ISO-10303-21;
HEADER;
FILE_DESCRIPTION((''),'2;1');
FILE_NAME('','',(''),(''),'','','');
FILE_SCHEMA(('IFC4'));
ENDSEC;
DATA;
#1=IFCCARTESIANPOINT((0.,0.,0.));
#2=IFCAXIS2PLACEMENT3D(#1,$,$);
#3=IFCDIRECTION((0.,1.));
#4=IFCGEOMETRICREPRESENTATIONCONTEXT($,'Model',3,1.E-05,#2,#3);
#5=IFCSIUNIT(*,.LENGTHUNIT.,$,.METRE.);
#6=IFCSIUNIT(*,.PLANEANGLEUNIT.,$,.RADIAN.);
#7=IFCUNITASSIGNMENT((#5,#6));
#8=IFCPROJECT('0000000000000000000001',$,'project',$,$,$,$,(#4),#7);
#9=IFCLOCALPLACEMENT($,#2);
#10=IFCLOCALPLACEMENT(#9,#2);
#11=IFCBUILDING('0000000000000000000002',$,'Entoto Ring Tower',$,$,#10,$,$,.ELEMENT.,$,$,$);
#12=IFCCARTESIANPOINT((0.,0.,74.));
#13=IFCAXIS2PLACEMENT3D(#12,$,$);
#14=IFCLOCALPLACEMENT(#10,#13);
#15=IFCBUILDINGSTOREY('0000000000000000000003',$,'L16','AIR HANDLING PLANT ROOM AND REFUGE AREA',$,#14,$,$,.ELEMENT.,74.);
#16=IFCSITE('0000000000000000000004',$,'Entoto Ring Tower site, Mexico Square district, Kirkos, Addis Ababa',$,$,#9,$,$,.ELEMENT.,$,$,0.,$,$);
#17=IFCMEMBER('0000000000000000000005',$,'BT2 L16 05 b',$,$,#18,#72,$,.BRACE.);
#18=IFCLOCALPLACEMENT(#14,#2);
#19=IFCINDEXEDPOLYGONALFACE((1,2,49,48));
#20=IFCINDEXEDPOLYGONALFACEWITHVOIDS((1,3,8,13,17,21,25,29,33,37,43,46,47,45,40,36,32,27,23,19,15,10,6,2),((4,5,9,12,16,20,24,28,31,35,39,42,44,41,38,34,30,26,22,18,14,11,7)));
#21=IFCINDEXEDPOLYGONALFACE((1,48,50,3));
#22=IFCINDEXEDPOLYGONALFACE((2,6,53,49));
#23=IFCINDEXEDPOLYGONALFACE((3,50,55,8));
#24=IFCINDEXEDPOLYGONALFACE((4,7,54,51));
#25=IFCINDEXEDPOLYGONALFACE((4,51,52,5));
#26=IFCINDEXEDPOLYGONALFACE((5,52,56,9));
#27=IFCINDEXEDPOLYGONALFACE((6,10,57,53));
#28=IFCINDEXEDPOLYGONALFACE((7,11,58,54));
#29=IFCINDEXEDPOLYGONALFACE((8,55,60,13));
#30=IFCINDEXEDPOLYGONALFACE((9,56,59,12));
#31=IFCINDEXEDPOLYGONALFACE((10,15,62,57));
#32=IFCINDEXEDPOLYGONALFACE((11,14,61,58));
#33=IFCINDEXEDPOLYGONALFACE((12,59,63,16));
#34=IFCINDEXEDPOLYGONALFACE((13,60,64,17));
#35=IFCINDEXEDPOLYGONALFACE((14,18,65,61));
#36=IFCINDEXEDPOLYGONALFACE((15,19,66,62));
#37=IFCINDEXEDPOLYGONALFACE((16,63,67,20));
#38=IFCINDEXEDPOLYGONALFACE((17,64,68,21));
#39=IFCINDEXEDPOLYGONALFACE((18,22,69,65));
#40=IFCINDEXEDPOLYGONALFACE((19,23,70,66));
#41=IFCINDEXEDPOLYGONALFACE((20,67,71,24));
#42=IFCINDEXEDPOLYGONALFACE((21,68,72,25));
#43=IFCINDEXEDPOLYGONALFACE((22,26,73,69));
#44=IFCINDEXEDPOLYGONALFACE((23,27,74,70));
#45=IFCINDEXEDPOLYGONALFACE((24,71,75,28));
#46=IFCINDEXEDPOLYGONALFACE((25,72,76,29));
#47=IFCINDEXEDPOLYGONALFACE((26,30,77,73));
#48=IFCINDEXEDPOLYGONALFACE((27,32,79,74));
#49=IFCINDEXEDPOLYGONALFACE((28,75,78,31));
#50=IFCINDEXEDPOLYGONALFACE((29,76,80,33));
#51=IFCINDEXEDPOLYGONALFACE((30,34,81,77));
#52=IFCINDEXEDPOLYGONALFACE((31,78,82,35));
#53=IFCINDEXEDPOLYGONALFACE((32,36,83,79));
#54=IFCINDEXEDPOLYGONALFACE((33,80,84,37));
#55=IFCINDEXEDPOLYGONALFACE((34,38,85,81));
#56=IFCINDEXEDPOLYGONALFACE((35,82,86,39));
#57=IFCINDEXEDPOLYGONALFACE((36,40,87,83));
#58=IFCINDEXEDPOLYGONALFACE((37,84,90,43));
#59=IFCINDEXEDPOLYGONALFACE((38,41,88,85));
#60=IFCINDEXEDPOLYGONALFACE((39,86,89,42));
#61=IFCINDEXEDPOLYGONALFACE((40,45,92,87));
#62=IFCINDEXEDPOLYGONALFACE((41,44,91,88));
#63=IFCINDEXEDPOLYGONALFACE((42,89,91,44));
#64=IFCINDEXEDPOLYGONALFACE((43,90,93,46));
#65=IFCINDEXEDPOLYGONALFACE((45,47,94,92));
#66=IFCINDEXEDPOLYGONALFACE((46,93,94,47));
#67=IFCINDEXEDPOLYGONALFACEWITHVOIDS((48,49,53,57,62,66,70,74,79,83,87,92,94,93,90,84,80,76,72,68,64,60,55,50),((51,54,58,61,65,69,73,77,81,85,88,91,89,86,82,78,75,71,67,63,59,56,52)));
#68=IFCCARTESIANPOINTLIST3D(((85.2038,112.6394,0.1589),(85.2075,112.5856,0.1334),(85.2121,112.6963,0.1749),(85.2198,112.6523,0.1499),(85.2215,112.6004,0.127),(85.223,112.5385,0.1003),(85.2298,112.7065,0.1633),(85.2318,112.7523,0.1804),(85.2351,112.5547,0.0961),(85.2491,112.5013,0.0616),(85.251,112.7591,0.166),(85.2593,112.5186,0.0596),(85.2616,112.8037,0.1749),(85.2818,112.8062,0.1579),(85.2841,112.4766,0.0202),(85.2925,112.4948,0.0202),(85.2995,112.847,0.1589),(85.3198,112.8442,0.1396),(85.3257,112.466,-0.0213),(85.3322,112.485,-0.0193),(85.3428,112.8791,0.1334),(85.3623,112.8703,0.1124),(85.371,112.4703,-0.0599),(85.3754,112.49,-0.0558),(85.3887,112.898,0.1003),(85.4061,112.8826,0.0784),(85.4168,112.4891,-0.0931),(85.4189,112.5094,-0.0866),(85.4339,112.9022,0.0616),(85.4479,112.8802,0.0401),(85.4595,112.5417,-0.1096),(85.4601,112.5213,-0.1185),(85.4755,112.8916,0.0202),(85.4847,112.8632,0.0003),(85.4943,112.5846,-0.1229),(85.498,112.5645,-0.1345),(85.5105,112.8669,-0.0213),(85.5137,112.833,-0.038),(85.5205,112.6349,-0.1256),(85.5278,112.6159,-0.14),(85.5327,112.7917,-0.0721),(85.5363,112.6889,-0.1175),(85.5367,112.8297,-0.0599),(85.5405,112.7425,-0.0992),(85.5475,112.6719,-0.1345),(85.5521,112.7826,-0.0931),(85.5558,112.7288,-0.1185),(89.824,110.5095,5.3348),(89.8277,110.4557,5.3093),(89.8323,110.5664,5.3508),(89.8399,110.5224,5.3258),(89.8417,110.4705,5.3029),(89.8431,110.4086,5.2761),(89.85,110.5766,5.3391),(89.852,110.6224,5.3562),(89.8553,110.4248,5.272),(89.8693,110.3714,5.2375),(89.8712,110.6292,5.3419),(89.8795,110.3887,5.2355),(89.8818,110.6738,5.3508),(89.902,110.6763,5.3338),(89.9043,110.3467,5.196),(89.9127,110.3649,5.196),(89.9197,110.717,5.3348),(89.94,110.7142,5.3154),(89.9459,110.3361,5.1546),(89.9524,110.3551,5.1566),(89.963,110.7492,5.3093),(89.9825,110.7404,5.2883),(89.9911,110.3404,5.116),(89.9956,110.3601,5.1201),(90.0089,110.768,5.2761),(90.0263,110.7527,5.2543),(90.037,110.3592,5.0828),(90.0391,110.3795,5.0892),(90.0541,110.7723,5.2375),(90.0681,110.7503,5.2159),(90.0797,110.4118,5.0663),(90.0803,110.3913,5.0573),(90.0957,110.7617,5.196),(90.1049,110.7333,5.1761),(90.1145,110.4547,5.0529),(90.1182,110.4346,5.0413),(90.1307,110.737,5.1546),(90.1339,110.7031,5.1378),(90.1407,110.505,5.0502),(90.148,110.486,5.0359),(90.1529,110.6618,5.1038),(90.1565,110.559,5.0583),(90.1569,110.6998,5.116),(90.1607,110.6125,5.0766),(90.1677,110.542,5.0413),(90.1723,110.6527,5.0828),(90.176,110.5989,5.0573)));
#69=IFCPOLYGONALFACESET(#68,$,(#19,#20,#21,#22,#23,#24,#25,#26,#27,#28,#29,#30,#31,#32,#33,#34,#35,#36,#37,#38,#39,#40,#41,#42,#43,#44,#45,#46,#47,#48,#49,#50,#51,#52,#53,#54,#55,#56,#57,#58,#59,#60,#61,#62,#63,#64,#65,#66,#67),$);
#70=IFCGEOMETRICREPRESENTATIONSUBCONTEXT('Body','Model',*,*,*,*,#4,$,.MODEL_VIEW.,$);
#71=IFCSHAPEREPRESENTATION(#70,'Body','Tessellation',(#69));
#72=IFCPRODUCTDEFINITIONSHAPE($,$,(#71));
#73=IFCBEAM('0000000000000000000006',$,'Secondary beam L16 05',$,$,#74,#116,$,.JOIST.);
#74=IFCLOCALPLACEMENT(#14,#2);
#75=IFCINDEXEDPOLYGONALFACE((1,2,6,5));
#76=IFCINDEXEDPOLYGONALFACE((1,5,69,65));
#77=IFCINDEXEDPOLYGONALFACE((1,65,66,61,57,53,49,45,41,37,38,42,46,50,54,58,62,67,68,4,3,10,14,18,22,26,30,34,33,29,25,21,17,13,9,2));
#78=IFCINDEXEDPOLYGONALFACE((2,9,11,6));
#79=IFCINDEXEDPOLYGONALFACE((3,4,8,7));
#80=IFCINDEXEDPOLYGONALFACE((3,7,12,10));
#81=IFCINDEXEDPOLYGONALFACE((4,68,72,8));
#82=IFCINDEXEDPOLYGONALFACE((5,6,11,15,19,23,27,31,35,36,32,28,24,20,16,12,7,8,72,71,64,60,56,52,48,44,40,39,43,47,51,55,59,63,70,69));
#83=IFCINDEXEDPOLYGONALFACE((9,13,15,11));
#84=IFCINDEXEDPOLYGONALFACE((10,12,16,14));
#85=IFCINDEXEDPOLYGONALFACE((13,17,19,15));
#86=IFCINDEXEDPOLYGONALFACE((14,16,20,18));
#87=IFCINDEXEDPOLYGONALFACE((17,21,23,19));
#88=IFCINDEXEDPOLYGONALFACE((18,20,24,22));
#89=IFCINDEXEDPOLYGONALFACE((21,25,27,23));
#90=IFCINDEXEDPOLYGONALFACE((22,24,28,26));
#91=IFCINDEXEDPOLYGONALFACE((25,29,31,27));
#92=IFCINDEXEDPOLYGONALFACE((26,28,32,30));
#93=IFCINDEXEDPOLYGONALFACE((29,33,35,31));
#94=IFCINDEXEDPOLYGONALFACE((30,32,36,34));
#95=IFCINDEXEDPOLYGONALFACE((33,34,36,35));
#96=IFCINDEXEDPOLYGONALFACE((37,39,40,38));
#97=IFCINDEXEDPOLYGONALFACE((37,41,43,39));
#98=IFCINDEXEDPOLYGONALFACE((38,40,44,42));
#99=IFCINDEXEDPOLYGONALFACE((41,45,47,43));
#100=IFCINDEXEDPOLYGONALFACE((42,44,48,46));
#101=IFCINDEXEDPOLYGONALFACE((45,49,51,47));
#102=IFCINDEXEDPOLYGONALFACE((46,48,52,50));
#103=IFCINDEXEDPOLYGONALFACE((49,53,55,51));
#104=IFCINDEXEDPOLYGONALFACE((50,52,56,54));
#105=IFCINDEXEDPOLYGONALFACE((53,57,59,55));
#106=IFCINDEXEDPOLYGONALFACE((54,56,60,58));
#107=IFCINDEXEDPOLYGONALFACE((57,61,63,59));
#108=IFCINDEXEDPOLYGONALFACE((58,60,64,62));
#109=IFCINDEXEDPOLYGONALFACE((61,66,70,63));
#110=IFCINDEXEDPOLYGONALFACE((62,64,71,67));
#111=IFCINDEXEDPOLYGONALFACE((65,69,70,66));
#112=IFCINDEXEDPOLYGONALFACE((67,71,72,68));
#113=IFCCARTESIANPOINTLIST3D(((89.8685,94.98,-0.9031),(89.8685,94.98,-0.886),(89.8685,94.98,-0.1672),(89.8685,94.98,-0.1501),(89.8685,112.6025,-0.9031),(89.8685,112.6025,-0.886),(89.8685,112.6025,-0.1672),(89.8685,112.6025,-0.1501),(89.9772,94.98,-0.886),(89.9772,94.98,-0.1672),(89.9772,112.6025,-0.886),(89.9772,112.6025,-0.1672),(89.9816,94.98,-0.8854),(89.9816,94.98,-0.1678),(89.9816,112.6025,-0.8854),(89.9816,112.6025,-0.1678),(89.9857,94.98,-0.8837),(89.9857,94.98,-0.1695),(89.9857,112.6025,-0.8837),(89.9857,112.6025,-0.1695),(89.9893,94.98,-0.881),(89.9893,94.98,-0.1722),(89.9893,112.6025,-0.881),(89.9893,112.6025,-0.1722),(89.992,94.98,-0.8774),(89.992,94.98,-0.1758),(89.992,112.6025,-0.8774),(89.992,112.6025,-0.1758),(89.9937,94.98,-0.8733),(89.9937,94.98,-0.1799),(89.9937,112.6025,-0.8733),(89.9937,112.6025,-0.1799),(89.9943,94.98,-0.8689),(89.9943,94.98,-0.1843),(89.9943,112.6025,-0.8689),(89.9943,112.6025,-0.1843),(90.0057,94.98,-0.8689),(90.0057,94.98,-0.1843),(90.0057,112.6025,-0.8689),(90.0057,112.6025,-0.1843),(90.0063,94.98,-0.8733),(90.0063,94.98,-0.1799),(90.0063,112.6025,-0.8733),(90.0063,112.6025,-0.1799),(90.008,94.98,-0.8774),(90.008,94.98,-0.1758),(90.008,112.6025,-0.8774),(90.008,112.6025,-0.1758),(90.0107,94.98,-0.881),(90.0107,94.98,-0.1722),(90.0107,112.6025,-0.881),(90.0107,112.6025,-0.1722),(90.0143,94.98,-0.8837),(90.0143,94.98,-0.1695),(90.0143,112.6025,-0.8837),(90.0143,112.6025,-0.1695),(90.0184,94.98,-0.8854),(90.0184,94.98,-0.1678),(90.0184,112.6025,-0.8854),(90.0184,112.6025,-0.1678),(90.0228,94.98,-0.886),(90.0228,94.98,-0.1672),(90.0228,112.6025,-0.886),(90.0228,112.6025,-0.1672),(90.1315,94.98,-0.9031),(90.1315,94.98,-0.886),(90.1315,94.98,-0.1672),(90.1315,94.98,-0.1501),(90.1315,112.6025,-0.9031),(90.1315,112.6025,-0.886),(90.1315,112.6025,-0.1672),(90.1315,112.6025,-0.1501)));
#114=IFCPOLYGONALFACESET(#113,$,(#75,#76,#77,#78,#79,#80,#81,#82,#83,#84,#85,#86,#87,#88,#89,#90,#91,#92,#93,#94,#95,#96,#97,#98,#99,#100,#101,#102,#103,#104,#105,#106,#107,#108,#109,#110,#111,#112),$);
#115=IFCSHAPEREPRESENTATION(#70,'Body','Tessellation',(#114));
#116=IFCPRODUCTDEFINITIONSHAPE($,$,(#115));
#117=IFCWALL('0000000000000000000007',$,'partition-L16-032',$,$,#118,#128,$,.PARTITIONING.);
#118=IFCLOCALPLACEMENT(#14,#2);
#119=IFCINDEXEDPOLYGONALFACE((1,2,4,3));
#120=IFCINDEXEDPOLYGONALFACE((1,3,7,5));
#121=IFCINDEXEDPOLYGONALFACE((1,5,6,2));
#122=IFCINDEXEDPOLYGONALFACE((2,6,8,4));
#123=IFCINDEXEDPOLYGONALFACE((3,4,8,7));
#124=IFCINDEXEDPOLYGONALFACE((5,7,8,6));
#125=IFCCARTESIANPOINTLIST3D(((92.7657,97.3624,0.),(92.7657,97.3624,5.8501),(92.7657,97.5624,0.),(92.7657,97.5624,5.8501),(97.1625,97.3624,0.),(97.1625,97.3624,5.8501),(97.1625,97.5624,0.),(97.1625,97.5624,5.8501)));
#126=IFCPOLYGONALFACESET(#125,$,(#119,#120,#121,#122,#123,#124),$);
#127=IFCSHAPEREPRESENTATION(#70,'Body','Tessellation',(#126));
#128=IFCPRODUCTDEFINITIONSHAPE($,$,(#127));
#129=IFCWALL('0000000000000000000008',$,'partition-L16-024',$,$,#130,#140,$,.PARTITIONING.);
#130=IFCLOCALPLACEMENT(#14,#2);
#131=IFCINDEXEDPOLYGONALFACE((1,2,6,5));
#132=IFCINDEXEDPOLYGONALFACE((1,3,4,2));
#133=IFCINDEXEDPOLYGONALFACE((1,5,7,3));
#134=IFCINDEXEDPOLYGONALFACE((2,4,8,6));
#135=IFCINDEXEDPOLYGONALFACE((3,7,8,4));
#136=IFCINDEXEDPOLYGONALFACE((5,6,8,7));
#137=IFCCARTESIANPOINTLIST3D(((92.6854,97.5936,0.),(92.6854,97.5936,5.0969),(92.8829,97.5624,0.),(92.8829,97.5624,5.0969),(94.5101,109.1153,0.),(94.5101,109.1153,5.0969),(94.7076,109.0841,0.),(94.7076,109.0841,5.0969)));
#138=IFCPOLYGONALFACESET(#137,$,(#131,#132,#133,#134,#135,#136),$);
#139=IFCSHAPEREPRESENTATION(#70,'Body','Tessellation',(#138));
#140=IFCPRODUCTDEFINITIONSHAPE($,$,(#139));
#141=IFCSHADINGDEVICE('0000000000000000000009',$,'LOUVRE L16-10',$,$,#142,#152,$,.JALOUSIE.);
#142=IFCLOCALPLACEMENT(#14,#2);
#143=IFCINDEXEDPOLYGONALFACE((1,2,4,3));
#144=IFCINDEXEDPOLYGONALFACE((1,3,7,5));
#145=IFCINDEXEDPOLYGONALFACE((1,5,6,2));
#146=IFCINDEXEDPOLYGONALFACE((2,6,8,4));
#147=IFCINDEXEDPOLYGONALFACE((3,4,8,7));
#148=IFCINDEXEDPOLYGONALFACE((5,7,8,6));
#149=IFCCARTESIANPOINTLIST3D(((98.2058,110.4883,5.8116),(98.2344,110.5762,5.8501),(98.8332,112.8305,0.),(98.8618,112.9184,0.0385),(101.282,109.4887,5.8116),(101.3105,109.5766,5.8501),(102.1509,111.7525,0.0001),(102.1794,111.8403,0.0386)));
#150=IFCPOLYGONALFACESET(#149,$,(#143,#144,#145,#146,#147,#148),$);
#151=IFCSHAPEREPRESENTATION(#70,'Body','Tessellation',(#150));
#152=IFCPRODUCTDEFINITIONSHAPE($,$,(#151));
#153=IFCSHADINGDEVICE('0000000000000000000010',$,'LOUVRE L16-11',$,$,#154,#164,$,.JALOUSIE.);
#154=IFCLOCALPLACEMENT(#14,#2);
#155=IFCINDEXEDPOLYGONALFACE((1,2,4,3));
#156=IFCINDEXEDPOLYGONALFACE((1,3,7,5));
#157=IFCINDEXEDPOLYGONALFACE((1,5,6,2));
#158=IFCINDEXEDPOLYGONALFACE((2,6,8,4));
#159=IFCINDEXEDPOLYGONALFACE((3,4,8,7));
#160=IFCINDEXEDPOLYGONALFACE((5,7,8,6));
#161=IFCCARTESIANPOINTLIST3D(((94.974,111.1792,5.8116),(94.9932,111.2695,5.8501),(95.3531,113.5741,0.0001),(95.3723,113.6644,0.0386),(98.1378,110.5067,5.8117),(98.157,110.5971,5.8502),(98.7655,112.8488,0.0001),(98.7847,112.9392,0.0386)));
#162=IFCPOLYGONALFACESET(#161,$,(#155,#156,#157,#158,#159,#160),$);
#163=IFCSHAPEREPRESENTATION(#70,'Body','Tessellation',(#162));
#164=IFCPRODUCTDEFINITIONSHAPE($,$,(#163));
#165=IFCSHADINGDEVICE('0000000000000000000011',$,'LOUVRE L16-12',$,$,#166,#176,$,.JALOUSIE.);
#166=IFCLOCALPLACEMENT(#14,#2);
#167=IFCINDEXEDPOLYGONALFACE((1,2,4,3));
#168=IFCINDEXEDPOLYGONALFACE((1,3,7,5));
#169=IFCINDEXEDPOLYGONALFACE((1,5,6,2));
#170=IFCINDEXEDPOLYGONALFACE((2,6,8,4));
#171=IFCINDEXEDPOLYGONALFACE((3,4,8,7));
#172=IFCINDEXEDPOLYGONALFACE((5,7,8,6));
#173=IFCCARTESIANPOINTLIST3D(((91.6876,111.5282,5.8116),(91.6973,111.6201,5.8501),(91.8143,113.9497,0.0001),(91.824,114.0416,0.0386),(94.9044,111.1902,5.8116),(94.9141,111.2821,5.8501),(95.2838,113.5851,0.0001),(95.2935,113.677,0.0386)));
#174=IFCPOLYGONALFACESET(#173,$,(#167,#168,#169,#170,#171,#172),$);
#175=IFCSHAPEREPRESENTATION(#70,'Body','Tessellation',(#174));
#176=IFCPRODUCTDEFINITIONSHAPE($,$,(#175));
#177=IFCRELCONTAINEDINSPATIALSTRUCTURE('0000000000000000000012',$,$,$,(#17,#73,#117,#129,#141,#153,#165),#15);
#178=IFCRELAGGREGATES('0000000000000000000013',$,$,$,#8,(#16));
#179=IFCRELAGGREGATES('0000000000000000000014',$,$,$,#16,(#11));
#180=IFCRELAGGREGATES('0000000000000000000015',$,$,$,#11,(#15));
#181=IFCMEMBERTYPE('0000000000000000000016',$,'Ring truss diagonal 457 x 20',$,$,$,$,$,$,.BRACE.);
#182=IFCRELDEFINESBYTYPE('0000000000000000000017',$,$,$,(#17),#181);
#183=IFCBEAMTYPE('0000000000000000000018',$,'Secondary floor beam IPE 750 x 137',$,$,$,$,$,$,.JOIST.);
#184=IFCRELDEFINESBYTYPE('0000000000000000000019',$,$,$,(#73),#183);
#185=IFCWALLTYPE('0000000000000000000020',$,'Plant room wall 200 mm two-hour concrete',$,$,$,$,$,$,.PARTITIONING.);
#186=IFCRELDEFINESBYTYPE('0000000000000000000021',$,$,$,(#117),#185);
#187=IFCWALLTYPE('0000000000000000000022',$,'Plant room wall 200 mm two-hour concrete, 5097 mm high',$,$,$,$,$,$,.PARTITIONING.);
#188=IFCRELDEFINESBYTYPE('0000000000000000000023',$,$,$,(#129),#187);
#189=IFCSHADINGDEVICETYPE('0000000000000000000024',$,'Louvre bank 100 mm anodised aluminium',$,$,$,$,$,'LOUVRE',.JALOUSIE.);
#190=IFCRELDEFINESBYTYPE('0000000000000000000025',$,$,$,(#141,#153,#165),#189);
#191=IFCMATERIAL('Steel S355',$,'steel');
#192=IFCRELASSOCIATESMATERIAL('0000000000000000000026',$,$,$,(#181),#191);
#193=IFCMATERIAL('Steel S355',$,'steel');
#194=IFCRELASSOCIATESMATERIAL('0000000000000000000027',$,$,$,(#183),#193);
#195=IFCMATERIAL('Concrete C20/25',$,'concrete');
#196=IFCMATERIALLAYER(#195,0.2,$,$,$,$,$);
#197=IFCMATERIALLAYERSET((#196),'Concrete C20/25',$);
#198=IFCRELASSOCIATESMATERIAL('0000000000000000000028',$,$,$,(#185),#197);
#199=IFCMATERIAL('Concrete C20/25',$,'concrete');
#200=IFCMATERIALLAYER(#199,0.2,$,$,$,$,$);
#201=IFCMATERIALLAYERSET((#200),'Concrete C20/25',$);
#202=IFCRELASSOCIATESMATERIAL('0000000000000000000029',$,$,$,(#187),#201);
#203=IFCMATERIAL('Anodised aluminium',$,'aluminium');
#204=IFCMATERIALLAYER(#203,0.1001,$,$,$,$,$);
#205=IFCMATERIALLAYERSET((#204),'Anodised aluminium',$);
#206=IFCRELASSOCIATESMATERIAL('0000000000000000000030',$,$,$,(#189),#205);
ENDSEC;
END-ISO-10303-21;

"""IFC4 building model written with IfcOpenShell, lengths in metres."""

from ifc_helpers import new_model, si_unit, direction, frame, frame_2d, origin, origin_2d, place, context, subcontext, project, spatial, polyline, rectangle, circle, hollow_circle, i_section, outline, extrude, material, layer, layer_set, material_profile, profile_set, type_object, element, save


model = new_model("IFC4")

# Units and contexts
model_context = context("Model", 3, precision=1e-05, world=origin(), true_north=direction((0.0, 1.0)))
body_context = subcontext(model_context, "Body", "Model", "MODEL_VIEW")
ifc_project = project(units=[si_unit("LENGTHUNIT", "METRE"), si_unit("PLANEANGLEUNIT", "RADIAN")], contexts=[model_context])

# Site, building, storey
site_placement = place(None, origin())
site = spatial("IfcSite", under=ifc_project, at=site_placement, Name="Entoto Ring Tower site, Mexico Square district, Kirkos, Addis Ababa", CompositionType="ELEMENT", RefElevation=0.0)
building_placement = place(site_placement, origin())
building = spatial("IfcBuilding", under=site, at=building_placement, Name="Entoto Ring Tower", CompositionType="ELEMENT")
storey_placement = place(building_placement, frame((0.0, 0.0, 74.0)))
storey = spatial("IfcBuildingStorey", under=building, at=storey_placement, Name="L16", Description="AIR HANDLING PLANT ROOM AND REFUGE AREA", CompositionType="ELEMENT", Elevation=74.0)

# Member
ifc_material_1 = material(Name="Steel S355", Category="steel")
ifc_material_profile_1 = material_profile(ifc_material_1, hollow_circle(Radius=0.2285, WallThickness=0.02, at=origin_2d()), Name="CHS 457 x 20")
ifc_material_2 = material(Name="Concrete C60/75", Category="concrete")
ifc_material_profile_2 = material_profile(ifc_material_2, circle(Radius=0.2085, at=origin_2d()), Name="Concrete C60/75 infill")
ifc_profile_set_1 = profile_set([ifc_material_profile_1, ifc_material_profile_2], Name="Steel S355")
member_type_1 = type_object("IfcMemberType", Name="Ring truss diagonal 457 x 20", PredefinedType="BRACE", material=ifc_profile_set_1)
for number, where, z_axis, x_axis, name in (
    (1, (90.0, 110.5542, 5.196), (-0.636603, 0.293475, -0.713168), (-0.418656, -0.908145, 0.0), "BT2 L16 05 b"),
):
    element("IfcMember", number, at=place(storey_placement, frame(where, z_axis=z_axis, x_axis=x_axis)), inside=storey, type_object=member_type_1, Name=name, PredefinedType="BRACE", context=body_context, shape_type="SweptSolid", body=[
        extrude(hollow_circle(Radius=0.2285, WallThickness=0.02, at=origin_2d()), origin(), (0.0, 0.0, 1.0), 7.2576),
    ])

# Beam
ifc_material_3 = material(Name="Steel S355", Category="steel")
ifc_material_profile_3 = material_profile(ifc_material_3, i_section(OverallWidth=0.2629, OverallDepth=0.7529, WebThickness=0.0115, FlangeThickness=0.0171, FilletRadius=0.0171, at=origin_2d()), Name="IPE 750 x 137")
ifc_profile_set_2 = profile_set([ifc_material_profile_3], Name="Steel S355")
beam_type_1 = type_object("IfcBeamType", Name="Secondary floor beam IPE 750 x 137", PredefinedType="JOIST", material=ifc_profile_set_2)
beam_placement = place(storey_placement, frame((90.0, 94.98, -0.5266), z_axis=(0.0, 1.0, 0.0), x_axis=(-1.0, 0.0, 0.0)))
element("IfcBeam", 2, at=beam_placement, inside=storey, type_object=beam_type_1, Name="Secondary beam L16 05", PredefinedType="JOIST", context=body_context, shape_type="SweptSolid", body=[
    extrude(i_section(OverallWidth=0.2629, OverallDepth=0.7529, WebThickness=0.0115, FlangeThickness=0.0171, FilletRadius=0.0171, at=origin_2d()), origin(), (0.0, 0.0, 1.0), 17.6226),
])

# Walls
ifc_material_4 = material(Name="Concrete C20/25", Category="concrete")
ifc_layer_1 = layer(ifc_material_4, 0.2)
ifc_layer_set_1 = layer_set([ifc_layer_1], Name="Concrete C20/25")
wall_type_1 = type_object("IfcWallType", Name="Plant room wall 200 mm two-hour concrete", PredefinedType="PARTITIONING", material=ifc_layer_set_1)
wall_1_placement = place(storey_placement, frame((92.7659, 97.4624, 0.0), z_axis=(0.0, 0.0, 1.0), x_axis=(1.0, 0.0, 0.0)))
element("IfcWall", 3, at=wall_1_placement, inside=storey, type_object=wall_type_1, Name="partition-L16-032", PredefinedType="PARTITIONING", context=body_context, shape_type="SweptSolid", body=[
    extrude(rectangle(XDim=4.3967, YDim=0.2, at=frame_2d((2.1982, 0.0))), origin(), (0.0, 0.0, 1.0), 5.8501),
])
ifc_material_5 = material(Name="Concrete C20/25", Category="concrete")
ifc_layer_2 = layer(ifc_material_5, 0.2)
ifc_layer_set_2 = layer_set([ifc_layer_2], Name="Concrete C20/25")
wall_type_2 = type_object("IfcWallType", Name="Plant room wall 200 mm two-hour concrete, 5097 mm high", PredefinedType="PARTITIONING", material=ifc_layer_set_2)
wall_2_placement = place(storey_placement, frame((92.7842, 97.5781, 0.0), z_axis=(0.0, 0.0, 1.0), x_axis=(0.156421, 0.98769, 0.0)))
element("IfcWall", 4, at=wall_2_placement, inside=storey, type_object=wall_type_2, Name="partition-L16-024", PredefinedType="PARTITIONING", context=body_context, shape_type="SweptSolid", body=[
    extrude(rectangle(XDim=11.6653, YDim=0.2, at=frame_2d((5.8325, 0.0))), origin(), (0.0, 0.0, 1.0), 5.0969),
])

# Shading devices
ifc_material_6 = material(Name="Anodised aluminium", Category="aluminium")
ifc_layer_3 = layer(ifc_material_6, 0.1001)
ifc_layer_set_3 = layer_set([ifc_layer_3], Name="Anodised aluminium")
shading_device_type = type_object("IfcShadingDeviceType", Name="Louvre bank 100 mm anodised aluminium", ElementType="LOUVRE", PredefinedType="JALOUSIE", material=ifc_layer_set_3)
shading_device_1_placement = place(storey_placement, frame((102.1794, 111.8403, 0.0386), z_axis=(0.285267, 0.877892, 0.384614), x_axis=(-0.951048, 0.309042, -0.000007)))
element("IfcShadingDevice", 5, at=shading_device_1_placement, inside=storey, type_object=shading_device_type, Name="LOUVRE L16-10", PredefinedType="JALOUSIE", context=body_context, shape_type="SweptSolid", body=[
    extrude(outline(polyline([(0.0, 0.0), (3.4884, 0.0), (3.3612, 6.2958), (0.1267, 6.2958), (0.0, 0.0)])), origin(), (0.0, 0.0, -1.0), 0.1001),
])
shading_device_2_placement = place(storey_placement, frame((98.7847, 112.9392, 0.0386), z_axis=(0.191905, 0.90291, 0.384611), x_axis=(-0.978152, 0.20789, 0.000017)))
element("IfcShadingDevice", 6, at=shading_device_2_placement, inside=storey, type_object=shading_device_type, Name="LOUVRE L16-11", PredefinedType="JALOUSIE", context=body_context, shape_type="SweptSolid", body=[
    extrude(outline(polyline([(0.0, 0.0), (3.4885, 0.0), (3.3617, 6.2957), (0.1271, 6.2959), (0.0, 0.0)])), origin(), (0.0, 0.0, -1.0), 0.1001),
])
shading_device_3_placement = place(storey_placement, frame((95.2935, 113.677, 0.0386), z_axis=(0.096472, 0.918022, 0.384615), x_axis=(-0.994524, 0.104507, 0.000009)))
element("IfcShadingDevice", 7, at=shading_device_3_placement, inside=storey, type_object=shading_device_type, Name="LOUVRE L16-12", PredefinedType="JALOUSIE", context=body_context, shape_type="SweptSolid", body=[
    extrude(outline(polyline([(0.0, 0.0), (3.4886, 0.0), (3.3616, 6.2958), (0.1271, 6.2958), (0.0, 0.0)])), origin(), (0.0, 0.0, -1.0), 0.1001),
])

save(model, "model.ifc")
